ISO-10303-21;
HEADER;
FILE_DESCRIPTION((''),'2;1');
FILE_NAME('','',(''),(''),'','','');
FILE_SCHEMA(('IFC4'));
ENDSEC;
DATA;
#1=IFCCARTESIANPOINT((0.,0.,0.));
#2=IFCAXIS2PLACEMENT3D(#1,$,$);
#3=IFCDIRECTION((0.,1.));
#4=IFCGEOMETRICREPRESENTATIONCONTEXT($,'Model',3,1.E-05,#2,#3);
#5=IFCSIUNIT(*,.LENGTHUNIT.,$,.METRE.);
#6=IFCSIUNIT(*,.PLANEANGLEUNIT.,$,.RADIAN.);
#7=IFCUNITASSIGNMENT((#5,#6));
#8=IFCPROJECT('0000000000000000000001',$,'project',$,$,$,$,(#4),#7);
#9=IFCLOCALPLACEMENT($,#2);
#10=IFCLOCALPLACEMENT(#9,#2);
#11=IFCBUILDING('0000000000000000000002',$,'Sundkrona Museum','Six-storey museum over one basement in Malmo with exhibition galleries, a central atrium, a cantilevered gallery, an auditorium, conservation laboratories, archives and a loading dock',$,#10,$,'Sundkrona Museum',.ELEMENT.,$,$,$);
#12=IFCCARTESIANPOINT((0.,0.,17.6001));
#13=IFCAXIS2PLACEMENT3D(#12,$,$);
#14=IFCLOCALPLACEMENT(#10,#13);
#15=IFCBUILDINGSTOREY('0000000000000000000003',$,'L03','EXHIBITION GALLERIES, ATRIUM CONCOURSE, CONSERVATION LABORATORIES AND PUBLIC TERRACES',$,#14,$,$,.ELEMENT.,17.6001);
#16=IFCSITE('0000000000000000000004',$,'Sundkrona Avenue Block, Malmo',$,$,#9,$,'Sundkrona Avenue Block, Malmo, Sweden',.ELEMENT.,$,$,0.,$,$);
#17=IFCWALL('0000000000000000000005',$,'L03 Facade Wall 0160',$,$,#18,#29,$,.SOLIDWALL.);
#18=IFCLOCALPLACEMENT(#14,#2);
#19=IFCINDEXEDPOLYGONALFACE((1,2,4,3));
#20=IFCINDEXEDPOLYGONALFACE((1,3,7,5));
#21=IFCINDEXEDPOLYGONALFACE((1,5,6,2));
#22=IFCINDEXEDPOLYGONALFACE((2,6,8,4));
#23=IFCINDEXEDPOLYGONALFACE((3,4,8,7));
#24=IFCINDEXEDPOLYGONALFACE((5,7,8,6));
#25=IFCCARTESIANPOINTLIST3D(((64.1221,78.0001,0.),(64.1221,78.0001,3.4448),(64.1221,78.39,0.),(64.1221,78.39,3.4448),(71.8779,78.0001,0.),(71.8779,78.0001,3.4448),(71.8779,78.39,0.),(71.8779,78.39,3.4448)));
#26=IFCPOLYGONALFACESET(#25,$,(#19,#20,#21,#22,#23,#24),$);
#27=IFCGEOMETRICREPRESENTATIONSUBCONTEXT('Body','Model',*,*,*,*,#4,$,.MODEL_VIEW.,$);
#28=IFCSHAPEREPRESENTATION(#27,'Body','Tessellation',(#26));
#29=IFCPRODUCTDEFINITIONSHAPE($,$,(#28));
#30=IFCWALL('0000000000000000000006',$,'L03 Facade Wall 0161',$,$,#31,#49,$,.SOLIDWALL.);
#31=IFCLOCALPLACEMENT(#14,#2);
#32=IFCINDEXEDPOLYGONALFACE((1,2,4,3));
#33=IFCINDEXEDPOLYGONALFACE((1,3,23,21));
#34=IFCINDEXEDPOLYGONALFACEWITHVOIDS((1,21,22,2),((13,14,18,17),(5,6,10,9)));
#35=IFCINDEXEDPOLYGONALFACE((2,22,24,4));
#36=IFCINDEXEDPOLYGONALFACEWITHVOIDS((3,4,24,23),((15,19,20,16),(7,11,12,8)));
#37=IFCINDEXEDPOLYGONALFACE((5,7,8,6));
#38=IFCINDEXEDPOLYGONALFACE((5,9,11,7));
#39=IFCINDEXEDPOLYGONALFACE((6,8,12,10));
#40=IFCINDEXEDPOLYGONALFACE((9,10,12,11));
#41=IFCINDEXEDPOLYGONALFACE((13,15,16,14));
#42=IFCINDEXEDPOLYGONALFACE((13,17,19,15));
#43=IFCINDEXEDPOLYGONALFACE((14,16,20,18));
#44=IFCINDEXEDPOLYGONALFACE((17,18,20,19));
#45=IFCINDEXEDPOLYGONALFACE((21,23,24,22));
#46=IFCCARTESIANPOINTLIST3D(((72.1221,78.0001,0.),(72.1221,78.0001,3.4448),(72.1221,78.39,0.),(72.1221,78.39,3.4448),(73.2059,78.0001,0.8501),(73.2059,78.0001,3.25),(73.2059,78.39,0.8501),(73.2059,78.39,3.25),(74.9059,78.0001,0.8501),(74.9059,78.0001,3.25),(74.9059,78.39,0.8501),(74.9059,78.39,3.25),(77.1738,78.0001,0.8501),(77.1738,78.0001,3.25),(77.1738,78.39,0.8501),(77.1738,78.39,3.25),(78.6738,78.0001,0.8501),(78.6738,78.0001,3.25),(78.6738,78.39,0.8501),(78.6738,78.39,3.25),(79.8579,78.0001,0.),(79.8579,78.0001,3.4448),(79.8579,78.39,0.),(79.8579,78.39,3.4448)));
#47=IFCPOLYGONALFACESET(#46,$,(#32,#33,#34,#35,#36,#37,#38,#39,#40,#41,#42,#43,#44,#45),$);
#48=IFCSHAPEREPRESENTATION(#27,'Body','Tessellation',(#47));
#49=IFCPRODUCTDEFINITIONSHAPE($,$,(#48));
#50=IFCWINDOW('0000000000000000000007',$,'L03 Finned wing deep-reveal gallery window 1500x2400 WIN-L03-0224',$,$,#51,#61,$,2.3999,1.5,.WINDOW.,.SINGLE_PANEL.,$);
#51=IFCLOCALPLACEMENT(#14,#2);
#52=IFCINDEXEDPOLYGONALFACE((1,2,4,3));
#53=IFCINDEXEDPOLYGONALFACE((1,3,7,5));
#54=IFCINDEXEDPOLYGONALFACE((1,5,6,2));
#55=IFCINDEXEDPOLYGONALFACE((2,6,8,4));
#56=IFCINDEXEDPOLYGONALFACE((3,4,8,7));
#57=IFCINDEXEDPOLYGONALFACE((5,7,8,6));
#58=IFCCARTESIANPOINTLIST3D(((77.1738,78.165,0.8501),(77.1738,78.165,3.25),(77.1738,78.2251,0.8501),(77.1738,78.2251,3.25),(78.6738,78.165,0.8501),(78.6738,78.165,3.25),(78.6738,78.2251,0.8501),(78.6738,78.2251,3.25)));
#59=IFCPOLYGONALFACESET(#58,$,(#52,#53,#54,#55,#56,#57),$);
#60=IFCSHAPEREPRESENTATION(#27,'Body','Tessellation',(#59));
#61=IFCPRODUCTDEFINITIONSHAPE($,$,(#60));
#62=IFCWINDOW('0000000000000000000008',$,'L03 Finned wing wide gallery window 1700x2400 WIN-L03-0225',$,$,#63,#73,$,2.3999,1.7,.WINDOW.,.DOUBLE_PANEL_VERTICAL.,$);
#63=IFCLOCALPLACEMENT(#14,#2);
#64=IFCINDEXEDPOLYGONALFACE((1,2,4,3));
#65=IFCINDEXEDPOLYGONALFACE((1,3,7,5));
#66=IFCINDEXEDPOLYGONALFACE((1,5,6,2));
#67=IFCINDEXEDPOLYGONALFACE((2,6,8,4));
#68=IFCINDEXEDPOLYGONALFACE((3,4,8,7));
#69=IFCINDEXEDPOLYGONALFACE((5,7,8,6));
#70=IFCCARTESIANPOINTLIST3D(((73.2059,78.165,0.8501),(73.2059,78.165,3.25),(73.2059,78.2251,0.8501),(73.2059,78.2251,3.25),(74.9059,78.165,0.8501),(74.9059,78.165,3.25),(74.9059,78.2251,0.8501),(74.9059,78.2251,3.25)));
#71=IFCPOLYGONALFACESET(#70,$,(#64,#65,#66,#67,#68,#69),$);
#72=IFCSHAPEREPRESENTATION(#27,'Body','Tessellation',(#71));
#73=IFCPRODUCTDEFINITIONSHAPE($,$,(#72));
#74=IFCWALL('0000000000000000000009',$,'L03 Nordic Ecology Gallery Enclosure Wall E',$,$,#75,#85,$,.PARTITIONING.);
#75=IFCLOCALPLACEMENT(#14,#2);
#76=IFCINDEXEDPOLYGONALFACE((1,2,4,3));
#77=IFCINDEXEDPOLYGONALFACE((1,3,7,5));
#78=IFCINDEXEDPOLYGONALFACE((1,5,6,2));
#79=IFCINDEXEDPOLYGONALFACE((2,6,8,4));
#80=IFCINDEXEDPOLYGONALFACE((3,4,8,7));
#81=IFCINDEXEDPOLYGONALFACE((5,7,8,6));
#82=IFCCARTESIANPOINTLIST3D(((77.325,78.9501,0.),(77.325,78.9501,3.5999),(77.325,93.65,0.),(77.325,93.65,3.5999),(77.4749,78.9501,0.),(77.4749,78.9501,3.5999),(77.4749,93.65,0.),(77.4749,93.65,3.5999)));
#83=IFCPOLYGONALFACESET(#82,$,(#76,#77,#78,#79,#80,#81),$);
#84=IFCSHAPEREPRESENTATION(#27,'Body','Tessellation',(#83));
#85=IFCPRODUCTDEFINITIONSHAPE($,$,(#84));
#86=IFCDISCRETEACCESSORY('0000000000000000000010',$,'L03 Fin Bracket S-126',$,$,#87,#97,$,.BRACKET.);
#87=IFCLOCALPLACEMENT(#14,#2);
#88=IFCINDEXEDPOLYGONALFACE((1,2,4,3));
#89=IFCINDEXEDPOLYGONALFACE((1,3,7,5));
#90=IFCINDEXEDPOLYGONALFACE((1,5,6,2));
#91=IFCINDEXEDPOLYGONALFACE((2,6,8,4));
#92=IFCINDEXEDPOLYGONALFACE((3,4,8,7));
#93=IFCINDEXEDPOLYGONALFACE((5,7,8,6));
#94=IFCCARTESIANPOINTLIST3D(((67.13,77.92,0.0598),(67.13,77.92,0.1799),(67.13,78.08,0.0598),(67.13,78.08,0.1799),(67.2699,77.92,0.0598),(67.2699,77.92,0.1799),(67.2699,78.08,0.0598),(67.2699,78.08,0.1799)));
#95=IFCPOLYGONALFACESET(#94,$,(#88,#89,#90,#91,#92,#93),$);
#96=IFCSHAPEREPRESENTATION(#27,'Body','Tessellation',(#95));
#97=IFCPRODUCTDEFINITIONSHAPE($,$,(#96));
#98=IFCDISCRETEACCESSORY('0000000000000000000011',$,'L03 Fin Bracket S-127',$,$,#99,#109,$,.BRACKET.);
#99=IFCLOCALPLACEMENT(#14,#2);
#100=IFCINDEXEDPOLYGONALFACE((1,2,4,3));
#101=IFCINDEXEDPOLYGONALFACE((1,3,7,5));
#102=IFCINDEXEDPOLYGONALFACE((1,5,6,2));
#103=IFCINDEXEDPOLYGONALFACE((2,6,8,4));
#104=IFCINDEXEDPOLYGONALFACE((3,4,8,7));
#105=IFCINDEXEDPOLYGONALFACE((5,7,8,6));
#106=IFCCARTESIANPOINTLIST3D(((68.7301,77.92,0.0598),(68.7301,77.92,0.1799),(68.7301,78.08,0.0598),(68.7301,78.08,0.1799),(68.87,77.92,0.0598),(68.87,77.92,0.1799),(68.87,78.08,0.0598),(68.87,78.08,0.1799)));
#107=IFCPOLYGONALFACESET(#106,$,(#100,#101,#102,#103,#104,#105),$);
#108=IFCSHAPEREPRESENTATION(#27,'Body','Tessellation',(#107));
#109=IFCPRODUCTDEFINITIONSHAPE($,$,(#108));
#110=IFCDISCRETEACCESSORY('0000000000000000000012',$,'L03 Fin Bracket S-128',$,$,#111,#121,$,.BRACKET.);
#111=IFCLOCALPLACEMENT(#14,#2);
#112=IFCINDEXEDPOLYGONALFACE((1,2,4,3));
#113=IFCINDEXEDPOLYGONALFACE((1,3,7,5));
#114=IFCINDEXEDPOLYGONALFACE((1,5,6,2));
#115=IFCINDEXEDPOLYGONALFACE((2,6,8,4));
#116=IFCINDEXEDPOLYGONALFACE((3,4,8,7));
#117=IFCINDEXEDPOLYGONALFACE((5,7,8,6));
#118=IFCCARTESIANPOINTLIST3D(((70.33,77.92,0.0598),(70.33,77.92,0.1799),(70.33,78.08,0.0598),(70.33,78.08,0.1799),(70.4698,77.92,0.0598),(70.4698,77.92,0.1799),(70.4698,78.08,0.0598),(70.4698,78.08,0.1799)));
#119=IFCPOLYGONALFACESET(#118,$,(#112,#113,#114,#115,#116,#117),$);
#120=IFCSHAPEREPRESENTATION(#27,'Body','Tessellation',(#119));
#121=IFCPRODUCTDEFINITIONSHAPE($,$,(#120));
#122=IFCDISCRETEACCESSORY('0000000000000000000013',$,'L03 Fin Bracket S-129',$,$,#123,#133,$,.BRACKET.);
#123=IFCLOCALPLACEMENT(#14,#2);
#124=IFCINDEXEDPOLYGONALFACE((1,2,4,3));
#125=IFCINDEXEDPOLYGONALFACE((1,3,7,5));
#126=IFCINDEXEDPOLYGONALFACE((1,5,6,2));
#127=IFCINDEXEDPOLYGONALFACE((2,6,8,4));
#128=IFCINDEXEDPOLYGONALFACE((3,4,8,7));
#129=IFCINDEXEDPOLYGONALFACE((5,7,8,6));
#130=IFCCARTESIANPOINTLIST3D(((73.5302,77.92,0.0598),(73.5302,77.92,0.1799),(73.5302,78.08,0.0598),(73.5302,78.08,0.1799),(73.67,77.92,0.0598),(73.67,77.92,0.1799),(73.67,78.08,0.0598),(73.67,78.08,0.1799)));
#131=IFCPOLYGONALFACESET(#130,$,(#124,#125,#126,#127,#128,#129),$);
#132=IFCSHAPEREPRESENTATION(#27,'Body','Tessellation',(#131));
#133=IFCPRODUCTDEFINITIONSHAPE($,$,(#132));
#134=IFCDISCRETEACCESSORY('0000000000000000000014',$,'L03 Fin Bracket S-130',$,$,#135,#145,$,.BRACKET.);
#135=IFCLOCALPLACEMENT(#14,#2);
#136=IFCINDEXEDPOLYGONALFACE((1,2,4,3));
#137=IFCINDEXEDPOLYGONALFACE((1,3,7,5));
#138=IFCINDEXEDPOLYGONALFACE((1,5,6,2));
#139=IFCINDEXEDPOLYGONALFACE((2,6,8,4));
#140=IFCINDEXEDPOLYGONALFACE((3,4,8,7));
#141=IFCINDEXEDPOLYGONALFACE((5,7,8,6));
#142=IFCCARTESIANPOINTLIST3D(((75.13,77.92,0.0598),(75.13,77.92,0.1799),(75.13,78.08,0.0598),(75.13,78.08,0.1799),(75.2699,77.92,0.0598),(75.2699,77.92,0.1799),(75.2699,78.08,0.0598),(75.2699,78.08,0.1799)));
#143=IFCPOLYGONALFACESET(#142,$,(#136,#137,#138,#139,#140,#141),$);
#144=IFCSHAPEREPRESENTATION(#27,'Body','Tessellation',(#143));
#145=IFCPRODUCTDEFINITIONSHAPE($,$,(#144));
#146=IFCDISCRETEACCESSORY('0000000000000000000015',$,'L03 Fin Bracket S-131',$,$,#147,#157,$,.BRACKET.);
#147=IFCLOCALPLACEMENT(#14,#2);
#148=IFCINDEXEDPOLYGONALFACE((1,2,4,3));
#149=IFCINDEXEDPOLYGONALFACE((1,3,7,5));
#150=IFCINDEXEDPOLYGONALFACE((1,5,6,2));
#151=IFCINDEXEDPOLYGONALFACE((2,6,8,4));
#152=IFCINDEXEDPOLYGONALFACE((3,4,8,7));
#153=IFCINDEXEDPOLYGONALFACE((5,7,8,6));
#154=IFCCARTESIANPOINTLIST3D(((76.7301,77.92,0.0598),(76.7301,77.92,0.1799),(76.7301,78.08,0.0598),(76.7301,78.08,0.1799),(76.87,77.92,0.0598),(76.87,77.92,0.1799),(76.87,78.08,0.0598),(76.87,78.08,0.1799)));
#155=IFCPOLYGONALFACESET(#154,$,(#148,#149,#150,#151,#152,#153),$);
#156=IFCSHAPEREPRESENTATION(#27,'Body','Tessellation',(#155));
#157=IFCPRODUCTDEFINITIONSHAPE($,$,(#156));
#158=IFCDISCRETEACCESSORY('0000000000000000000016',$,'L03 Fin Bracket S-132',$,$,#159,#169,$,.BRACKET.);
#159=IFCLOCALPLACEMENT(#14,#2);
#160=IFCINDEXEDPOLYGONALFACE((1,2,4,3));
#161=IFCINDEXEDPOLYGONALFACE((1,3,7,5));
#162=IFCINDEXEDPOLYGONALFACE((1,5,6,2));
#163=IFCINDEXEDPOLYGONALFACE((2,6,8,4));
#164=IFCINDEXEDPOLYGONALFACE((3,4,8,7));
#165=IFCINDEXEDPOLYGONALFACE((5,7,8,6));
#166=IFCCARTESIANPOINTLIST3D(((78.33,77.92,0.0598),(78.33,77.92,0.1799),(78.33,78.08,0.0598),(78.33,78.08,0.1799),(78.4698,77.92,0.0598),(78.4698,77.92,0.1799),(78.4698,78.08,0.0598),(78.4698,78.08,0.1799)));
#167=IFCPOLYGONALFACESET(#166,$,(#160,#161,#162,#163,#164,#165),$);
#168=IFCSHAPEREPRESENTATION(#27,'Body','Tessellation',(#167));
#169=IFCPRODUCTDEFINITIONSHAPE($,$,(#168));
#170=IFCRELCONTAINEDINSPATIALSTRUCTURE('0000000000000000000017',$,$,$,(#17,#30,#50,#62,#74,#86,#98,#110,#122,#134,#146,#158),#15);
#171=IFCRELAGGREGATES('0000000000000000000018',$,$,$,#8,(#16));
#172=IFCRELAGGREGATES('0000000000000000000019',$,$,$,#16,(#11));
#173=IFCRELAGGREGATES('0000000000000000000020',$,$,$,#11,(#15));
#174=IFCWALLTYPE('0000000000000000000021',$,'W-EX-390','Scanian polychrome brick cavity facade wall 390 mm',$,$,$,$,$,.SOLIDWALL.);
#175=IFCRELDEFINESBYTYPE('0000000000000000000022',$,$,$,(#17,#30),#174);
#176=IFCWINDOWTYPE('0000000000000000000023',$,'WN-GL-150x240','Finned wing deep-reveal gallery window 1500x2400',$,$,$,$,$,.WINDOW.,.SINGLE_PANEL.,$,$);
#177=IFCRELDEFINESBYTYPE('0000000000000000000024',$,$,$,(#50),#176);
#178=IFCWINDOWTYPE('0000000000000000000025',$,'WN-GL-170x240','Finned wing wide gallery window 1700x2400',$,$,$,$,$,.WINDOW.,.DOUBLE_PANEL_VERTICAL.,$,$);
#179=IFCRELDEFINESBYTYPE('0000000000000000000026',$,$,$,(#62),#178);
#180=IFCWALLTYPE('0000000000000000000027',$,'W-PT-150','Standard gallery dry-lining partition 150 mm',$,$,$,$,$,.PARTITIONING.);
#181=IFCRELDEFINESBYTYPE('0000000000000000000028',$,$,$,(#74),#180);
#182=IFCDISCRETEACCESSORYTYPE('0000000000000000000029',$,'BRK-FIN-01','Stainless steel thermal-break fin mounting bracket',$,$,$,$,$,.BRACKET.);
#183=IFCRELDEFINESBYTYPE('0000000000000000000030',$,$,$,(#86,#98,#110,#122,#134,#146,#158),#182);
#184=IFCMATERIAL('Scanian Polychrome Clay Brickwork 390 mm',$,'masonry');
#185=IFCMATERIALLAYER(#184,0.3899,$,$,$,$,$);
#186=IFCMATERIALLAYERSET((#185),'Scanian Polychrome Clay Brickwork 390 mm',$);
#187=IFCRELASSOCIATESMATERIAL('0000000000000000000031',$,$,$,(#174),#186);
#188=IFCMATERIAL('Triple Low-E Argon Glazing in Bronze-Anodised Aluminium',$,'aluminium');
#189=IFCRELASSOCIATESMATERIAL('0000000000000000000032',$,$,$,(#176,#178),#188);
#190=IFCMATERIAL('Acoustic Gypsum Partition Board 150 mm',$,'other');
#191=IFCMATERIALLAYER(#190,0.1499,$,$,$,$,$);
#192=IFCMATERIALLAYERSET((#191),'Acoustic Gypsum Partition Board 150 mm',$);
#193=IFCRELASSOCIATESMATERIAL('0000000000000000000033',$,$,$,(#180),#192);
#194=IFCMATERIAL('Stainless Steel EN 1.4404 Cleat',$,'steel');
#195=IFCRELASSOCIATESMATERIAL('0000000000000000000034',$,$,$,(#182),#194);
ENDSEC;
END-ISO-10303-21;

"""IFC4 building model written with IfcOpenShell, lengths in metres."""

from ifc_helpers import new_model, si_unit, direction, frame, frame_2d, origin, origin_2d, place, context, subcontext, project, spatial, rectangle, extrude, material, layer, layer_set, type_object, element, fill, save


model = new_model("IFC4")

# Units and contexts
model_context = context("Model", 3, precision=1e-05, world=origin(), true_north=direction((0.0, 1.0)))
body_context = subcontext(model_context, "Body", "Model", "MODEL_VIEW")
ifc_project = project(units=[si_unit("LENGTHUNIT", "METRE"), si_unit("PLANEANGLEUNIT", "RADIAN")], contexts=[model_context])

# Site, building, storey
site_placement = place(None, origin())
site = spatial("IfcSite", under=ifc_project, at=site_placement, Name="Sundkrona Avenue Block, Malmo", LongName="Sundkrona Avenue Block, Malmo, Sweden", CompositionType="ELEMENT", RefElevation=0.0)
building_placement = place(site_placement, origin())
building = spatial("IfcBuilding", under=site, at=building_placement, Name="Sundkrona Museum", Description="Six-storey museum over one basement in Malmo with exhibition galleries, a central atrium, a cantilevered gallery, an auditorium, conservation laboratories, archives and a loading dock", LongName="Sundkrona Museum", CompositionType="ELEMENT")
storey_placement = place(building_placement, frame((0.0, 0.0, 17.6001)))
storey = spatial("IfcBuildingStorey", under=building, at=storey_placement, Name="L03", Description="EXHIBITION GALLERIES, ATRIUM CONCOURSE, CONSERVATION LABORATORIES AND PUBLIC TERRACES", CompositionType="ELEMENT", Elevation=17.6001)

# Wall
ifc_material_1 = material(Name="Scanian Polychrome Clay Brickwork 390 mm", Category="masonry")
ifc_layer_1 = layer(ifc_material_1, 0.3899)
ifc_layer_set_1 = layer_set([ifc_layer_1], Name="Scanian Polychrome Clay Brickwork 390 mm")
wall_type_1 = type_object("IfcWallType", Name="W-EX-390", Description="Scanian polychrome brick cavity facade wall 390 mm", PredefinedType="SOLIDWALL", material=ifc_layer_set_1)
wall_1_placement = place(storey_placement, frame((71.8779, 78.1951, 0.0), z_axis=(0.0, 0.0, 1.0), x_axis=(-1.0, 0.0, 0.0)))
element("IfcWall", 1, at=wall_1_placement, inside=storey, type_object=wall_type_1, Name="L03 Facade Wall 0160", PredefinedType="SOLIDWALL", context=body_context, shape_type="SweptSolid", body=[
    extrude(rectangle(XDim=7.7559, YDim=0.3899, at=frame_2d((3.8779, 0.0))), origin(), (0.0, 0.0, 1.0), 3.4448),
])

# Wall, openings, windows
wall_2_placement = place(storey_placement, frame((79.8579, 78.1951, 0.0), z_axis=(0.0, 0.0, 1.0), x_axis=(-1.0, 0.0, 0.0)))
wall_2 = element("IfcWall", 2, at=wall_2_placement, inside=storey, type_object=wall_type_1, Name="L03 Facade Wall 0161", PredefinedType="SOLIDWALL", context=body_context, shape_type="SweptSolid", body=[
    extrude(rectangle(XDim=7.7358, YDim=0.3899, at=frame_2d((3.8679, 0.0))), origin(), (0.0, 0.0, 1.0), 3.4448),
])
opening_1_placement = place(wall_2_placement, frame((1.1841, 0.0, 0.8501)))
opening_1 = element("IfcOpeningElement", 3, at=opening_1_placement, cuts=wall_2, PredefinedType="OPENING", context=body_context, shape_type="SweptSolid", body=[
    extrude(rectangle(XDim=1.5, YDim=2.3999, at=frame_2d((0.75, 1.2))), frame((0.0, 0.2048, 0.0), z_axis=(0.0, -1.0, 0.0), x_axis=(1.0, 0.0, 0.0)), (0.0, 0.0, 1.0), 0.4099),
])
opening_2_placement = place(wall_2_placement, frame((4.9519, 0.0, 0.8501)))
opening_2 = element("IfcOpeningElement", 4, at=opening_2_placement, cuts=wall_2, PredefinedType="OPENING", context=body_context, shape_type="SweptSolid", body=[
    extrude(rectangle(XDim=1.7, YDim=2.3999, at=frame_2d((0.8501, 1.2))), frame((0.0, 0.2048, 0.0), z_axis=(0.0, -1.0, 0.0), x_axis=(1.0, 0.0, 0.0)), (0.0, 0.0, 1.0), 0.4099),
])
ifc_material_2 = material(Name="Triple Low-E Argon Glazing in Bronze-Anodised Aluminium", Category="aluminium")
window_type_1 = type_object("IfcWindowType", Name="WN-GL-150x240", Description="Finned wing deep-reveal gallery window 1500x2400", PartitioningType="SINGLE_PANEL", PredefinedType="WINDOW", material=ifc_material_2)
window_1_placement = place(opening_1_placement, origin())
window_1 = element("IfcWindow", 5, at=window_1_placement, inside=storey, type_object=window_type_1, Name="L03 Finned wing deep-reveal gallery window 1500x2400 WIN-L03-0224", OverallHeight=2.3999, OverallWidth=1.5, PartitioningType="SINGLE_PANEL", PredefinedType="WINDOW", context=body_context, shape_type="SweptSolid", body=[
    extrude(rectangle(XDim=1.5, YDim=2.3999, at=frame_2d((0.75, 1.2))), frame((0.0, 0.03, 0.0), z_axis=(0.0, -1.0, 0.0), x_axis=(1.0, 0.0, 0.0)), (0.0, 0.0, 1.0), 0.0601),
])
fill(opening_1, window_1)
window_type_2 = type_object("IfcWindowType", Name="WN-GL-170x240", Description="Finned wing wide gallery window 1700x2400", PartitioningType="DOUBLE_PANEL_VERTICAL", PredefinedType="WINDOW", material=ifc_material_2)
window_2_placement = place(opening_2_placement, origin())
window_2 = element("IfcWindow", 6, at=window_2_placement, inside=storey, type_object=window_type_2, Name="L03 Finned wing wide gallery window 1700x2400 WIN-L03-0225", OverallHeight=2.3999, OverallWidth=1.7, PartitioningType="DOUBLE_PANEL_VERTICAL", PredefinedType="WINDOW", context=body_context, shape_type="SweptSolid", body=[
    extrude(rectangle(XDim=1.7, YDim=2.3999, at=frame_2d((0.8501, 1.2))), frame((0.0, 0.03, 0.0), z_axis=(0.0, -1.0, 0.0), x_axis=(1.0, 0.0, 0.0)), (0.0, 0.0, 1.0), 0.0601),
])
fill(opening_2, window_2)

# Wall
ifc_material_3 = material(Name="Acoustic Gypsum Partition Board 150 mm", Category="other")
ifc_layer_2 = layer(ifc_material_3, 0.1499)
ifc_layer_set_2 = layer_set([ifc_layer_2], Name="Acoustic Gypsum Partition Board 150 mm")
wall_type_2 = type_object("IfcWallType", Name="W-PT-150", Description="Standard gallery dry-lining partition 150 mm", PredefinedType="PARTITIONING", material=ifc_layer_set_2)
wall_3_placement = place(storey_placement, frame((77.3999, 78.95, 0.0), z_axis=(0.0, 0.0, 1.0), x_axis=(0.0, 1.0, 0.0)))
element("IfcWall", 7, at=wall_3_placement, inside=storey, type_object=wall_type_2, Name="L03 Nordic Ecology Gallery Enclosure Wall E", PredefinedType="PARTITIONING", context=body_context, shape_type="SweptSolid", body=[
    extrude(rectangle(XDim=14.7, YDim=0.1499, at=frame_2d((7.3501, 0.0))), origin(), (0.0, 0.0, 1.0), 3.5999),
])

# Discrete accessories
ifc_material_4 = material(Name="Stainless Steel EN 1.4404 Cleat", Category="steel")
discrete_accessory_type = type_object("IfcDiscreteAccessoryType", Name="BRK-FIN-01", Description="Stainless steel thermal-break fin mounting bracket", PredefinedType="BRACKET", material=ifc_material_4)
for number, where, z_axis, x_axis, name in (
    (8, (67.2, 78.0, 0.0598), (0.0, 0.0, 1.0), (1.0, 0.0, 0.0), "L03 Fin Bracket S-126"),
    (9, (68.8, 78.0, 0.0598), (0.0, 0.0, 1.0), (1.0, 0.0, 0.0), "L03 Fin Bracket S-127"),
    (10, (70.3999, 78.0, 0.0598), (0.0, 0.0, 1.0), (1.0, 0.0, 0.0), "L03 Fin Bracket S-128"),
    (11, (73.6001, 78.0, 0.0598), (0.0, 0.0, 1.0), (1.0, 0.0, 0.0), "L03 Fin Bracket S-129"),
    (12, (75.2, 78.0, 0.0598), (0.0, 0.0, 1.0), (1.0, 0.0, 0.0), "L03 Fin Bracket S-130"),
    (13, (76.8, 78.0, 0.0598), (0.0, 0.0, 1.0), (1.0, 0.0, 0.0), "L03 Fin Bracket S-131"),
    (14, (78.3999, 78.0, 0.0598), (0.0, 0.0, 1.0), (1.0, 0.0, 0.0), "L03 Fin Bracket S-132"),
):
    element("IfcDiscreteAccessory", number, at=place(storey_placement, frame(where, z_axis=z_axis, x_axis=x_axis)), inside=storey, type_object=discrete_accessory_type, Name=name, PredefinedType="BRACKET", context=body_context, shape_type="SweptSolid", body=[
        extrude(rectangle(XDim=0.1399, YDim=0.1599, at=origin_2d()), origin(), (0.0, 0.0, 1.0), 0.1201),
    ])

save(model, "model.ifc")
